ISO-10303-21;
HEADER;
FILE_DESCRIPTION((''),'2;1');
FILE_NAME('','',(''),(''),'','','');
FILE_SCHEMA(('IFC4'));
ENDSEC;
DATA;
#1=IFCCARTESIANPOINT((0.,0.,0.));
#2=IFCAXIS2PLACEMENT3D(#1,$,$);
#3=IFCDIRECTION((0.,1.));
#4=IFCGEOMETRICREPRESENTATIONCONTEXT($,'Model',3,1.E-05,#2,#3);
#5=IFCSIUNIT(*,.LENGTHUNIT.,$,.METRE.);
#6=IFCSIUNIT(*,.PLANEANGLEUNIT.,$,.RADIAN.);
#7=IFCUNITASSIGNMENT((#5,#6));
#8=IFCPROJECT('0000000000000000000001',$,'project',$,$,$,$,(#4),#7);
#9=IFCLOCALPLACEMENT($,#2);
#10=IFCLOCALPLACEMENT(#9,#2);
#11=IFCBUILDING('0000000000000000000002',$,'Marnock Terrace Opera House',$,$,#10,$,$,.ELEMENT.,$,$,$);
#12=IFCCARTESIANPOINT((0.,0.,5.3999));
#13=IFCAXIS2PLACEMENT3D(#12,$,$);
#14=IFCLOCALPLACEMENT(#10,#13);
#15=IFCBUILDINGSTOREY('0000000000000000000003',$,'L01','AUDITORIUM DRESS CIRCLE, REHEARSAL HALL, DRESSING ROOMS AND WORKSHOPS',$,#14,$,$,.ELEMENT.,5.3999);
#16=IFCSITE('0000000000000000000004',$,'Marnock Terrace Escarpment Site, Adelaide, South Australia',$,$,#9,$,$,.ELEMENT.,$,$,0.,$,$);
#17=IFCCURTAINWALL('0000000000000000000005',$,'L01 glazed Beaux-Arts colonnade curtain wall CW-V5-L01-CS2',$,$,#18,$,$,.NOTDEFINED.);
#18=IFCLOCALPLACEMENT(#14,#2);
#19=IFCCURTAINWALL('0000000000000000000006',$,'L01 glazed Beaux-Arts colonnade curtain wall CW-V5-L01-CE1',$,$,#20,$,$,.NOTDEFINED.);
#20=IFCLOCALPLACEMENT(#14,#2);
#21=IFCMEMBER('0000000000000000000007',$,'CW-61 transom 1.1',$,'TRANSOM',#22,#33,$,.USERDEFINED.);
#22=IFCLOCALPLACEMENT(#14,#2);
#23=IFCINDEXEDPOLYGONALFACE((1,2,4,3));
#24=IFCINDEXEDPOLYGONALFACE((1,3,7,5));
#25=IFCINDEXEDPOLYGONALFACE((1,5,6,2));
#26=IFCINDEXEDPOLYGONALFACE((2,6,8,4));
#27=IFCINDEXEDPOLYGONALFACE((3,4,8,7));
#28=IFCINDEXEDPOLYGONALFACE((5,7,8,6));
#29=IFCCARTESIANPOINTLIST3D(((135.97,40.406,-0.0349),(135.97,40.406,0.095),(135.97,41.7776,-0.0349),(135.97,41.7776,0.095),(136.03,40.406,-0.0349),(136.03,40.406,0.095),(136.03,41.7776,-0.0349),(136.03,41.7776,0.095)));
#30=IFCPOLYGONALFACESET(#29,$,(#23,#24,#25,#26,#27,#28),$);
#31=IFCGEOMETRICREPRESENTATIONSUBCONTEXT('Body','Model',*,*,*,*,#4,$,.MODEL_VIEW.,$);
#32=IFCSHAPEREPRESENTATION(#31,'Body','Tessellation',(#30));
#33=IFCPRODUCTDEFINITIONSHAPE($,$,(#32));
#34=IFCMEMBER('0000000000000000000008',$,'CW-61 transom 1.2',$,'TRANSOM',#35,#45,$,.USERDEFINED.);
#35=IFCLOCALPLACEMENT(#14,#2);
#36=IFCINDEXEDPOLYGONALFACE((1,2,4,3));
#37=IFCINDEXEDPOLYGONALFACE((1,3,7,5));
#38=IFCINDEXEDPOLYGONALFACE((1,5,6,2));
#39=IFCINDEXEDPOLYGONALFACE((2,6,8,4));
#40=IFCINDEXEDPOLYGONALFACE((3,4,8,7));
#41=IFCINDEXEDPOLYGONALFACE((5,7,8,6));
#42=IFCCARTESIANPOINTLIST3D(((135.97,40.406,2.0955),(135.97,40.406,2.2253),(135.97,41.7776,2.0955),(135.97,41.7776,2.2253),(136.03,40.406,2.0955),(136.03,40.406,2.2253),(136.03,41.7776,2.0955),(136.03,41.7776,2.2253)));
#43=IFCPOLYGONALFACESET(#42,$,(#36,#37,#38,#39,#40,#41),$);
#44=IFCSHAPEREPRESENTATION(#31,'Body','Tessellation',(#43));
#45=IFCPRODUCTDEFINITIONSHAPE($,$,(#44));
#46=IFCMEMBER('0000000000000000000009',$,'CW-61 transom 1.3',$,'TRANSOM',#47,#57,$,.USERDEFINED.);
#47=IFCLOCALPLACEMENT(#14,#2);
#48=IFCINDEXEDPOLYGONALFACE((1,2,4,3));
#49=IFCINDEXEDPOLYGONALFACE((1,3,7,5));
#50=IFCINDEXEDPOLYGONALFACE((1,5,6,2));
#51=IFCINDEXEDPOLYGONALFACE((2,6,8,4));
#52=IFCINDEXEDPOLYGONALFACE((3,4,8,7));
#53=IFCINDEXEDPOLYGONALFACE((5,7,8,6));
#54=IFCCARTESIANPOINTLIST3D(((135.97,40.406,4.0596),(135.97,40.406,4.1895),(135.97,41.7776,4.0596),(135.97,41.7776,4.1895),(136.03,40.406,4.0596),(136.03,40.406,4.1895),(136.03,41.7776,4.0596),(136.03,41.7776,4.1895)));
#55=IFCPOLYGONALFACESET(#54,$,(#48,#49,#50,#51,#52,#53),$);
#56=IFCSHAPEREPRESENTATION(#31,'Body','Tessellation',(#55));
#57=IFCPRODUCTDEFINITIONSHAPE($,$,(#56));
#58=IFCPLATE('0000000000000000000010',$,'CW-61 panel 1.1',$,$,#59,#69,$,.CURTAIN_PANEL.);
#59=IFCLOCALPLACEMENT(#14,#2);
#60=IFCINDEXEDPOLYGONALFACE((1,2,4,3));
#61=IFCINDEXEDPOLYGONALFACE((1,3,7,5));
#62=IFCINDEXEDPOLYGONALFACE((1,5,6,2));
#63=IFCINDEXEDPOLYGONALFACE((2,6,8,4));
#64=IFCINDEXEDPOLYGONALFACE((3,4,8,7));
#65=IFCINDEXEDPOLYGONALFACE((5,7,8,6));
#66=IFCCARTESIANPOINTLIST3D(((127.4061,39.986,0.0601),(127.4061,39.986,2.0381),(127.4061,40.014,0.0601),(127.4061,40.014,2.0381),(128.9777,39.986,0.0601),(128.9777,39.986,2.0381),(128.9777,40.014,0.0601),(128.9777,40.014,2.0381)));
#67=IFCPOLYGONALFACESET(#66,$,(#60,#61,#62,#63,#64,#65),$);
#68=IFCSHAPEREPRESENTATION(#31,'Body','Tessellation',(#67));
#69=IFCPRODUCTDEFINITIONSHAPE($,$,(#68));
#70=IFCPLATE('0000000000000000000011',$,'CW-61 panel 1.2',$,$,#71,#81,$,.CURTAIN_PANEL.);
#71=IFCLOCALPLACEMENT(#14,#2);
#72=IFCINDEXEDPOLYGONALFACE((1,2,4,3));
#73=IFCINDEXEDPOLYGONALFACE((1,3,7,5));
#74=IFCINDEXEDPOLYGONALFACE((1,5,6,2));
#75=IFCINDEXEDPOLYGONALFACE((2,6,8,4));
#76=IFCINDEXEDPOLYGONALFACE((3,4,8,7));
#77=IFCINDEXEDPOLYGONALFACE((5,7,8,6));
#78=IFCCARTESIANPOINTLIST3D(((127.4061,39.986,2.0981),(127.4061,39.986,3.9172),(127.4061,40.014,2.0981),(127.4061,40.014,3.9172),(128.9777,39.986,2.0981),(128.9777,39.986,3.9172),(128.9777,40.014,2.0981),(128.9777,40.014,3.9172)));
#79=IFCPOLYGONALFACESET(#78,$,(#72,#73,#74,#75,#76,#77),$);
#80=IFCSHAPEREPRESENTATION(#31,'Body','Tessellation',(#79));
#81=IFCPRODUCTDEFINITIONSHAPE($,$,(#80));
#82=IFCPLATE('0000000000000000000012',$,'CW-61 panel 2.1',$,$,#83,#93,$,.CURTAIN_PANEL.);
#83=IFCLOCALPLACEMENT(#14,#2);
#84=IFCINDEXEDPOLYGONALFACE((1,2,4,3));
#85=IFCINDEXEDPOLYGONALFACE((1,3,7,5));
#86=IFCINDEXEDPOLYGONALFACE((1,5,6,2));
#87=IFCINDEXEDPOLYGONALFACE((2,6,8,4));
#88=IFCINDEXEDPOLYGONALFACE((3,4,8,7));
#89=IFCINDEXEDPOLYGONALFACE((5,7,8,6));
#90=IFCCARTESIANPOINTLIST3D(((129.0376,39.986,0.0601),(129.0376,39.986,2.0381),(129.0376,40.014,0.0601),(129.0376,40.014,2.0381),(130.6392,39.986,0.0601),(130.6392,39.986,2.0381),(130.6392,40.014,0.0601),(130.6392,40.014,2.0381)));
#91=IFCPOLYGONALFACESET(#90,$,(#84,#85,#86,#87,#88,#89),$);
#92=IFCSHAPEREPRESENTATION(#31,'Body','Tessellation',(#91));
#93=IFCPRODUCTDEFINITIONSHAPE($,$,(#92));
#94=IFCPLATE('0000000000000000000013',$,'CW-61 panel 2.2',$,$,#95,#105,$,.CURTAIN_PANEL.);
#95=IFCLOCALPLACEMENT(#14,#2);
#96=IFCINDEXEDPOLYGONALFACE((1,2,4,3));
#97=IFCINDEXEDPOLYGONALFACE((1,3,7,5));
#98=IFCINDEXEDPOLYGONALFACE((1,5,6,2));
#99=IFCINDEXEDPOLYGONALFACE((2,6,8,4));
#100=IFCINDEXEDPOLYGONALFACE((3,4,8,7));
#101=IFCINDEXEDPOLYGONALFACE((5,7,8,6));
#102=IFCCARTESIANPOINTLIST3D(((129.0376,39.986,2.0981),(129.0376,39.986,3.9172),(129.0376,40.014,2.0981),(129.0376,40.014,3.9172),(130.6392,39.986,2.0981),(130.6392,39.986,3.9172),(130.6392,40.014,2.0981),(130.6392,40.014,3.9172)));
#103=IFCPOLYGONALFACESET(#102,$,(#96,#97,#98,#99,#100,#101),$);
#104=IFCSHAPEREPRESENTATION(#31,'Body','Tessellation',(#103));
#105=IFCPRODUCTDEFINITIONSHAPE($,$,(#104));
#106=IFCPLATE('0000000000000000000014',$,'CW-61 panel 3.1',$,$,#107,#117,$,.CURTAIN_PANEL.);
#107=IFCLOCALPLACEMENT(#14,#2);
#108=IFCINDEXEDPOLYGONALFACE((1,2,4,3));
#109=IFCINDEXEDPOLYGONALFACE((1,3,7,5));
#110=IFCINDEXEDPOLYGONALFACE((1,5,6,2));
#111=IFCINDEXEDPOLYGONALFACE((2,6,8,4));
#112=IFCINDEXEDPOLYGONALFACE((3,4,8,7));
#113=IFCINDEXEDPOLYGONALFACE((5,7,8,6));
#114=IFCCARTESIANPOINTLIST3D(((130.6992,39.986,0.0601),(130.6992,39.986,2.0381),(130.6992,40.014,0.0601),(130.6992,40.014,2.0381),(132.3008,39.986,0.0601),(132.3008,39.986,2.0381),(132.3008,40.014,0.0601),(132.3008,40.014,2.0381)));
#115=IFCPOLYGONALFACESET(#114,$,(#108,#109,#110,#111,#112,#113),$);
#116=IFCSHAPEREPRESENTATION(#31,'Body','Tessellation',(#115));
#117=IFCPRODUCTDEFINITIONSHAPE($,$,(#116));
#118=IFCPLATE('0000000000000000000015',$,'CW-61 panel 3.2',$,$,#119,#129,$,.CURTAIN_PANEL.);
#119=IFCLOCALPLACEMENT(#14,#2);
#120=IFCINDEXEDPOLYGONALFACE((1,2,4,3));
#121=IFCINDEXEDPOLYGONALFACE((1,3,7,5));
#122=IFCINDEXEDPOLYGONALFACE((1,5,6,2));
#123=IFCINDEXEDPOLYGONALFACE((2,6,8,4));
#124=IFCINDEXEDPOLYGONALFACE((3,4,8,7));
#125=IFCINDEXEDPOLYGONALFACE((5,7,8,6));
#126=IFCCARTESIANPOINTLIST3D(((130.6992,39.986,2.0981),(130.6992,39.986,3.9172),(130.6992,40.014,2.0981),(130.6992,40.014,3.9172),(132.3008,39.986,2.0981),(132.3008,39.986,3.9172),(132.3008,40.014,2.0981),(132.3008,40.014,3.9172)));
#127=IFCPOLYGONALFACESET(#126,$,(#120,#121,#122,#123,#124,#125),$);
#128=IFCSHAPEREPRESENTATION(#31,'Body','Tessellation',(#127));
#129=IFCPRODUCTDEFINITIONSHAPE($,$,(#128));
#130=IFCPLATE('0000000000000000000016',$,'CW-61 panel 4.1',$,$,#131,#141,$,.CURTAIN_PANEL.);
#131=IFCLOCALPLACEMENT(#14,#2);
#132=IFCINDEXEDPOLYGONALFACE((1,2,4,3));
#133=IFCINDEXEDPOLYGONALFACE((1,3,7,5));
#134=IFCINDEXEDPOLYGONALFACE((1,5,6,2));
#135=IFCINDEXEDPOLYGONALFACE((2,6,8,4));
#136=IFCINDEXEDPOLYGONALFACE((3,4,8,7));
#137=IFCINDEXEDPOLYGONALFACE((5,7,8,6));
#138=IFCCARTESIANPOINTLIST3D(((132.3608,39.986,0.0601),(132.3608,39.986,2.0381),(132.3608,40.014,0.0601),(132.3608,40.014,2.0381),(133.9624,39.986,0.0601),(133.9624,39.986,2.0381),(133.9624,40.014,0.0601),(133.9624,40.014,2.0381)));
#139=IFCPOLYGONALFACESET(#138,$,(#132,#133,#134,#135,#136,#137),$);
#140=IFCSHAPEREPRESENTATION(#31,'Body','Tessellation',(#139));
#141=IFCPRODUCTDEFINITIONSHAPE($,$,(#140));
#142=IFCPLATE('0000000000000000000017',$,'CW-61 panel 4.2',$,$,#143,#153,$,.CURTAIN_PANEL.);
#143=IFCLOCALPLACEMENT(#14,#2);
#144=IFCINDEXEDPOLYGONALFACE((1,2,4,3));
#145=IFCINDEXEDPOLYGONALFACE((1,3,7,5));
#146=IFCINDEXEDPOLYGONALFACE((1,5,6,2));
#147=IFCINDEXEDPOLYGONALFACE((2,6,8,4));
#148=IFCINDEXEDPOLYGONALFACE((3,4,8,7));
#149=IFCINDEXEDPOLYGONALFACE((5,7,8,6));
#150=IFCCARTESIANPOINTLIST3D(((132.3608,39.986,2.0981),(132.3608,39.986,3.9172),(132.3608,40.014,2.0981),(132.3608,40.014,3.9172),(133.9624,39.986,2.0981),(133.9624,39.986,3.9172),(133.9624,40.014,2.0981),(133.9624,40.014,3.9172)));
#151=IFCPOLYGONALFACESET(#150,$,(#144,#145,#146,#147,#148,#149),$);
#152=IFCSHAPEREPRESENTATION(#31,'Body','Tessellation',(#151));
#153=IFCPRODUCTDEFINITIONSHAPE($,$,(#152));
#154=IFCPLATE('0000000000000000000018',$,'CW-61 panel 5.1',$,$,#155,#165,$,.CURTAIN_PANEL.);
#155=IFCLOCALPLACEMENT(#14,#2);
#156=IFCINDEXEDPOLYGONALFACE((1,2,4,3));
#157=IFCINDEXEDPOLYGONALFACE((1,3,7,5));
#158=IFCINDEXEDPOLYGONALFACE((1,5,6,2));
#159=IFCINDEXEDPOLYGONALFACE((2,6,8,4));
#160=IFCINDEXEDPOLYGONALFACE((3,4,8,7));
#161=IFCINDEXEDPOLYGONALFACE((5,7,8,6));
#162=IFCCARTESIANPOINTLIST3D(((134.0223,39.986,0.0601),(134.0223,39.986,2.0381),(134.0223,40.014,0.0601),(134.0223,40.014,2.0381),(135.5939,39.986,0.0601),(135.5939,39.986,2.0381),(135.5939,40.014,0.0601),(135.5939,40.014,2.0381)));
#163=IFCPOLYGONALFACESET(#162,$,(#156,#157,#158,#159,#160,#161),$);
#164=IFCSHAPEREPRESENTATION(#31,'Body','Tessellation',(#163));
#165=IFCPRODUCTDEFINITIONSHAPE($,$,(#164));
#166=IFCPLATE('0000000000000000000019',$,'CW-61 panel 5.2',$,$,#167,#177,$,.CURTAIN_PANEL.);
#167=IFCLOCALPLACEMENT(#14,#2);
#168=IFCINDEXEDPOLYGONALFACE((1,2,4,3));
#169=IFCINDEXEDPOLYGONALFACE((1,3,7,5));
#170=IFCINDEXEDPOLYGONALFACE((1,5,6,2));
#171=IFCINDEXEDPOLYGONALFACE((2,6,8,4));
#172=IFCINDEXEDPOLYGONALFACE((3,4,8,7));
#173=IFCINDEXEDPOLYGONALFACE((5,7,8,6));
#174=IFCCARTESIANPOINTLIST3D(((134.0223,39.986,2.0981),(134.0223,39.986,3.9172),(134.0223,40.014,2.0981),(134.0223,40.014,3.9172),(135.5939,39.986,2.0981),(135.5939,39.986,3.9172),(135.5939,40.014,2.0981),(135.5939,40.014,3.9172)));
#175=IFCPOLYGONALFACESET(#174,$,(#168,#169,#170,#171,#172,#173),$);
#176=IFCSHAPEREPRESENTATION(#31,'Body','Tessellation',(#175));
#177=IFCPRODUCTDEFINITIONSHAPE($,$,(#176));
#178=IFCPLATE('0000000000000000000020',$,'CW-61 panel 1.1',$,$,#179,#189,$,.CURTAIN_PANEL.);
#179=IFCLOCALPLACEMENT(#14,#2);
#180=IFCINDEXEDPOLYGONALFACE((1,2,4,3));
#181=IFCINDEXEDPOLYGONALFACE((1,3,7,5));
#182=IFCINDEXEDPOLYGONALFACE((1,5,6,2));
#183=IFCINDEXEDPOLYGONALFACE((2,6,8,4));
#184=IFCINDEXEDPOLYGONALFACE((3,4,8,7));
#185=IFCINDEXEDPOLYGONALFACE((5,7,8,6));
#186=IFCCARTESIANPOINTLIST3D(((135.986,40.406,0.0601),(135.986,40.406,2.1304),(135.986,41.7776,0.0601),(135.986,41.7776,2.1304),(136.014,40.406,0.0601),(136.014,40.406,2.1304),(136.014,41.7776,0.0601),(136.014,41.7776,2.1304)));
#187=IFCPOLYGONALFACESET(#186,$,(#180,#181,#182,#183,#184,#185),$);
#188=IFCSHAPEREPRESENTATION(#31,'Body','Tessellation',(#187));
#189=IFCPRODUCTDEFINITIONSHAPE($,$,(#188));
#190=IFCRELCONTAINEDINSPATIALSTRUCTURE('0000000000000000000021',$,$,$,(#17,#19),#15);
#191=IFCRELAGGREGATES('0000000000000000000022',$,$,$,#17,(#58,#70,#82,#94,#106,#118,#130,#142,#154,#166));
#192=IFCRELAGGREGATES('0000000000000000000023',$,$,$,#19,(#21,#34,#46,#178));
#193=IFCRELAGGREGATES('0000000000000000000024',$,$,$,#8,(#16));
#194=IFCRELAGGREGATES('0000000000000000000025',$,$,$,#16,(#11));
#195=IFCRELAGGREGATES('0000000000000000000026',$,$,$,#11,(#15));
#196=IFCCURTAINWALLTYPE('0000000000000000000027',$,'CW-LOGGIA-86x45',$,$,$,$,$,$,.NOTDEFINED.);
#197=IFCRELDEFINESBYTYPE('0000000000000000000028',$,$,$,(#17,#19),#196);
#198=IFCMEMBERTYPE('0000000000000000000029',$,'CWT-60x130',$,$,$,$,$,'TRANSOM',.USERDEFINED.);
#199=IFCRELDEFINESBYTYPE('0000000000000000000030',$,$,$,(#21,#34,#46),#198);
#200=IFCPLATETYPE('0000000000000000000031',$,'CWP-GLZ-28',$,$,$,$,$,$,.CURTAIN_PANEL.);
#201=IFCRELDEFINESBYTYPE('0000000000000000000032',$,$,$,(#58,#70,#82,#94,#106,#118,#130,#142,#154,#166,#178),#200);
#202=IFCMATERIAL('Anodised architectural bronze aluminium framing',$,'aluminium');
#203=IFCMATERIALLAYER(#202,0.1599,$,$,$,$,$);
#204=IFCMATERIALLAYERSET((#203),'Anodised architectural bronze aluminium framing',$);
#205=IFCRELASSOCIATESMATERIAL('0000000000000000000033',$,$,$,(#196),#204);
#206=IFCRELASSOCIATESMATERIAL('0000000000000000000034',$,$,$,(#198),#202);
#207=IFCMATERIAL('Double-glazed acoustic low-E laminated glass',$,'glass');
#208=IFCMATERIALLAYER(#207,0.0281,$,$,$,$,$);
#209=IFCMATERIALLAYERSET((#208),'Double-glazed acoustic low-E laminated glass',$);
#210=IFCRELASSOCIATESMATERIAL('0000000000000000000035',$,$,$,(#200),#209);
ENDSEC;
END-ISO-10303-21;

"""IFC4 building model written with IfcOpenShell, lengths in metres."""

from ifc_helpers import new_model, si_unit, direction, frame, origin, origin_2d, place, context, subcontext, project, spatial, rectangle, extrude, material, layer, layer_set, material_profile, profile_set, type_object, element, aggregate, save


model = new_model("IFC4")

# Units and contexts
model_context = context("Model", 3, precision=1e-05, world=origin(), true_north=direction((0.0, 1.0)))
body_context = subcontext(model_context, "Body", "Model", "MODEL_VIEW")
ifc_project = project(units=[si_unit("LENGTHUNIT", "METRE"), si_unit("PLANEANGLEUNIT", "RADIAN")], contexts=[model_context])

# Site, building, storey
site_placement = place(None, origin())
site = spatial("IfcSite", under=ifc_project, at=site_placement, Name="Marnock Terrace Escarpment Site, Adelaide, South Australia", CompositionType="ELEMENT", RefElevation=0.0)
building_placement = place(site_placement, origin())
building = spatial("IfcBuilding", under=site, at=building_placement, Name="Marnock Terrace Opera House", CompositionType="ELEMENT")
storey_placement = place(building_placement, frame((0.0, 0.0, 5.3999)))
storey = spatial("IfcBuildingStorey", under=building, at=storey_placement, Name="L01", Description="AUDITORIUM DRESS CIRCLE, REHEARSAL HALL, DRESSING ROOMS AND WORKSHOPS", CompositionType="ELEMENT", Elevation=5.3999)

# Curtain wall
ifc_material_1 = material(Name="Anodised architectural bronze aluminium framing", Category="aluminium")
ifc_layer_1 = layer(ifc_material_1, 0.1599)
ifc_layer_set_1 = layer_set([ifc_layer_1], Name="Anodised architectural bronze aluminium framing")
curtain_wall_type = type_object("IfcCurtainWallType", Name="CW-LOGGIA-86x45", PredefinedType="NOTDEFINED", material=ifc_layer_set_1)
curtain_wall_1_placement = place(storey_placement, origin())
curtain_wall_1 = element("IfcCurtainWall", 1, at=curtain_wall_1_placement, inside=storey, type_object=curtain_wall_type, Name="L01 glazed Beaux-Arts colonnade curtain wall CW-V5-L01-CS2", PredefinedType="NOTDEFINED")

# Curtain wall
curtain_wall_2_placement = place(storey_placement, origin())
curtain_wall_2 = element("IfcCurtainWall", 2, at=curtain_wall_2_placement, inside=storey, type_object=curtain_wall_type, Name="L01 glazed Beaux-Arts colonnade curtain wall CW-V5-L01-CE1", PredefinedType="NOTDEFINED")

# Members
ifc_material_profile_1 = material_profile(ifc_material_1, rectangle(XDim=0.0601, YDim=0.1299, at=origin_2d()))
ifc_profile_set_1 = profile_set([ifc_material_profile_1], Name="Anodised architectural bronze aluminium framing")
member_type_1 = type_object("IfcMemberType", Name="CWT-60x130", ElementType="TRANSOM", PredefinedType="USERDEFINED", material=ifc_profile_set_1)
member_1_placement = place(storey_placement, frame((136.0, 40.406, 0.03), z_axis=(0.0, 1.0, 0.0), x_axis=(-1.0, 0.0, 0.0)))
member_1 = element("IfcMember", 3, at=member_1_placement, type_object=member_type_1, Name="CW-61 transom 1.1", ObjectType="TRANSOM", PredefinedType="USERDEFINED", context=body_context, shape_type="SweptSolid", body=[
    extrude(rectangle(XDim=0.0601, YDim=0.1299, at=origin_2d()), origin(), (0.0, 0.0, 1.0), 1.3716),
])
member_2_placement = place(storey_placement, frame((136.0, 40.406, 2.1604), z_axis=(0.0, 1.0, 0.0), x_axis=(-1.0, 0.0, 0.0)))
member_2 = element("IfcMember", 4, at=member_2_placement, type_object=member_type_1, Name="CW-61 transom 1.2", ObjectType="TRANSOM", PredefinedType="USERDEFINED", context=body_context, shape_type="SweptSolid", body=[
    extrude(rectangle(XDim=0.0601, YDim=0.1299, at=origin_2d()), origin(), (0.0, 0.0, 1.0), 1.3716),
])
member_3_placement = place(storey_placement, frame((136.0, 40.406, 4.1245), z_axis=(0.0, 1.0, 0.0), x_axis=(-1.0, 0.0, 0.0)))
member_3 = element("IfcMember", 5, at=member_3_placement, type_object=member_type_1, Name="CW-61 transom 1.3", ObjectType="TRANSOM", PredefinedType="USERDEFINED", context=body_context, shape_type="SweptSolid", body=[
    extrude(rectangle(XDim=0.0601, YDim=0.1299, at=origin_2d()), origin(), (0.0, 0.0, 1.0), 1.3716),
])

# Plates
ifc_material_2 = material(Name="Double-glazed acoustic low-E laminated glass", Category="glass")
ifc_layer_2 = layer(ifc_material_2, 0.0281)
ifc_layer_set_2 = layer_set([ifc_layer_2], Name="Double-glazed acoustic low-E laminated glass")
plate_type = type_object("IfcPlateType", Name="CWP-GLZ-28", PredefinedType="CURTAIN_PANEL", material=ifc_layer_set_2)
plate_1_placement = place(storey_placement, frame((128.1919, 40.0, 0.0601), z_axis=(0.0, 0.0, 1.0), x_axis=(1.0, 0.0, 0.0)))
plate_1 = element("IfcPlate", 6, at=plate_1_placement, type_object=plate_type, Name="CW-61 panel 1.1", PredefinedType="CURTAIN_PANEL", context=body_context, shape_type="SweptSolid", body=[
    extrude(rectangle(XDim=1.5715, YDim=0.0281, at=origin_2d()), origin(), (0.0, 0.0, 1.0), 1.978),
])
plate_2_placement = place(storey_placement, frame((128.1919, 40.0, 2.0981), z_axis=(0.0, 0.0, 1.0), x_axis=(1.0, 0.0, 0.0)))
plate_2 = element("IfcPlate", 7, at=plate_2_placement, type_object=plate_type, Name="CW-61 panel 1.2", PredefinedType="CURTAIN_PANEL", context=body_context, shape_type="SweptSolid", body=[
    extrude(rectangle(XDim=1.5715, YDim=0.0281, at=origin_2d()), origin(), (0.0, 0.0, 1.0), 1.8191),
])
plate_3_placement = place(storey_placement, frame((129.8384, 40.0, 0.0601), z_axis=(0.0, 0.0, 1.0), x_axis=(1.0, 0.0, 0.0)))
plate_3 = element("IfcPlate", 8, at=plate_3_placement, type_object=plate_type, Name="CW-61 panel 2.1", PredefinedType="CURTAIN_PANEL", context=body_context, shape_type="SweptSolid", body=[
    extrude(rectangle(XDim=1.6016, YDim=0.0281, at=origin_2d()), origin(), (0.0, 0.0, 1.0), 1.978),
])
plate_4_placement = place(storey_placement, frame((129.8384, 40.0, 2.0981), z_axis=(0.0, 0.0, 1.0), x_axis=(1.0, 0.0, 0.0)))
plate_4 = element("IfcPlate", 9, at=plate_4_placement, type_object=plate_type, Name="CW-61 panel 2.2", PredefinedType="CURTAIN_PANEL", context=body_context, shape_type="SweptSolid", body=[
    extrude(rectangle(XDim=1.6016, YDim=0.0281, at=origin_2d()), origin(), (0.0, 0.0, 1.0), 1.8191),
])
plate_5_placement = place(storey_placement, frame((131.5, 40.0, 0.0601), z_axis=(0.0, 0.0, 1.0), x_axis=(1.0, 0.0, 0.0)))
plate_5 = element("IfcPlate", 10, at=plate_5_placement, type_object=plate_type, Name="CW-61 panel 3.1", PredefinedType="CURTAIN_PANEL", context=body_context, shape_type="SweptSolid", body=[
    extrude(rectangle(XDim=1.6016, YDim=0.0281, at=origin_2d()), origin(), (0.0, 0.0, 1.0), 1.978),
])
plate_6_placement = place(storey_placement, frame((131.5, 40.0, 2.0981), z_axis=(0.0, 0.0, 1.0), x_axis=(1.0, 0.0, 0.0)))
plate_6 = element("IfcPlate", 11, at=plate_6_placement, type_object=plate_type, Name="CW-61 panel 3.2", PredefinedType="CURTAIN_PANEL", context=body_context, shape_type="SweptSolid", body=[
    extrude(rectangle(XDim=1.6016, YDim=0.0281, at=origin_2d()), origin(), (0.0, 0.0, 1.0), 1.8191),
])
plate_7_placement = place(storey_placement, frame((133.1616, 40.0, 0.0601), z_axis=(0.0, 0.0, 1.0), x_axis=(1.0, 0.0, 0.0)))
plate_7 = element("IfcPlate", 12, at=plate_7_placement, type_object=plate_type, Name="CW-61 panel 4.1", PredefinedType="CURTAIN_PANEL", context=body_context, shape_type="SweptSolid", body=[
    extrude(rectangle(XDim=1.6016, YDim=0.0281, at=origin_2d()), origin(), (0.0, 0.0, 1.0), 1.978),
])
plate_8_placement = place(storey_placement, frame((133.1616, 40.0, 2.0981), z_axis=(0.0, 0.0, 1.0), x_axis=(1.0, 0.0, 0.0)))
plate_8 = element("IfcPlate", 13, at=plate_8_placement, type_object=plate_type, Name="CW-61 panel 4.2", PredefinedType="CURTAIN_PANEL", context=body_context, shape_type="SweptSolid", body=[
    extrude(rectangle(XDim=1.6016, YDim=0.0281, at=origin_2d()), origin(), (0.0, 0.0, 1.0), 1.8191),
])
plate_9_placement = place(storey_placement, frame((134.8081, 40.0, 0.0601), z_axis=(0.0, 0.0, 1.0), x_axis=(1.0, 0.0, 0.0)))
plate_9 = element("IfcPlate", 14, at=plate_9_placement, type_object=plate_type, Name="CW-61 panel 5.1", PredefinedType="CURTAIN_PANEL", context=body_context, shape_type="SweptSolid", body=[
    extrude(rectangle(XDim=1.5715, YDim=0.0281, at=origin_2d()), origin(), (0.0, 0.0, 1.0), 1.978),
])
plate_10_placement = place(storey_placement, frame((134.8081, 40.0, 2.0981), z_axis=(0.0, 0.0, 1.0), x_axis=(1.0, 0.0, 0.0)))
plate_10 = element("IfcPlate", 15, at=plate_10_placement, type_object=plate_type, Name="CW-61 panel 5.2", PredefinedType="CURTAIN_PANEL", context=body_context, shape_type="SweptSolid", body=[
    extrude(rectangle(XDim=1.5715, YDim=0.0281, at=origin_2d()), origin(), (0.0, 0.0, 1.0), 1.8191),
])
aggregate(curtain_wall_1, [plate_1, plate_2, plate_3, plate_4, plate_5, plate_6, plate_7, plate_8, plate_9, plate_10])
plate_11_placement = place(storey_placement, frame((136.0, 41.0918, 0.0601), z_axis=(0.0, 0.0, 1.0), x_axis=(0.0, 1.0, 0.0)))
plate_11 = element("IfcPlate", 16, at=plate_11_placement, type_object=plate_type, Name="CW-61 panel 1.1", PredefinedType="CURTAIN_PANEL", context=body_context, shape_type="SweptSolid", body=[
    extrude(rectangle(XDim=1.3716, YDim=0.0281, at=origin_2d()), origin(), (0.0, 0.0, 1.0), 2.0703),
])
aggregate(curtain_wall_2, [member_1, member_2, member_3, plate_11])

save(model, "model.ifc")
